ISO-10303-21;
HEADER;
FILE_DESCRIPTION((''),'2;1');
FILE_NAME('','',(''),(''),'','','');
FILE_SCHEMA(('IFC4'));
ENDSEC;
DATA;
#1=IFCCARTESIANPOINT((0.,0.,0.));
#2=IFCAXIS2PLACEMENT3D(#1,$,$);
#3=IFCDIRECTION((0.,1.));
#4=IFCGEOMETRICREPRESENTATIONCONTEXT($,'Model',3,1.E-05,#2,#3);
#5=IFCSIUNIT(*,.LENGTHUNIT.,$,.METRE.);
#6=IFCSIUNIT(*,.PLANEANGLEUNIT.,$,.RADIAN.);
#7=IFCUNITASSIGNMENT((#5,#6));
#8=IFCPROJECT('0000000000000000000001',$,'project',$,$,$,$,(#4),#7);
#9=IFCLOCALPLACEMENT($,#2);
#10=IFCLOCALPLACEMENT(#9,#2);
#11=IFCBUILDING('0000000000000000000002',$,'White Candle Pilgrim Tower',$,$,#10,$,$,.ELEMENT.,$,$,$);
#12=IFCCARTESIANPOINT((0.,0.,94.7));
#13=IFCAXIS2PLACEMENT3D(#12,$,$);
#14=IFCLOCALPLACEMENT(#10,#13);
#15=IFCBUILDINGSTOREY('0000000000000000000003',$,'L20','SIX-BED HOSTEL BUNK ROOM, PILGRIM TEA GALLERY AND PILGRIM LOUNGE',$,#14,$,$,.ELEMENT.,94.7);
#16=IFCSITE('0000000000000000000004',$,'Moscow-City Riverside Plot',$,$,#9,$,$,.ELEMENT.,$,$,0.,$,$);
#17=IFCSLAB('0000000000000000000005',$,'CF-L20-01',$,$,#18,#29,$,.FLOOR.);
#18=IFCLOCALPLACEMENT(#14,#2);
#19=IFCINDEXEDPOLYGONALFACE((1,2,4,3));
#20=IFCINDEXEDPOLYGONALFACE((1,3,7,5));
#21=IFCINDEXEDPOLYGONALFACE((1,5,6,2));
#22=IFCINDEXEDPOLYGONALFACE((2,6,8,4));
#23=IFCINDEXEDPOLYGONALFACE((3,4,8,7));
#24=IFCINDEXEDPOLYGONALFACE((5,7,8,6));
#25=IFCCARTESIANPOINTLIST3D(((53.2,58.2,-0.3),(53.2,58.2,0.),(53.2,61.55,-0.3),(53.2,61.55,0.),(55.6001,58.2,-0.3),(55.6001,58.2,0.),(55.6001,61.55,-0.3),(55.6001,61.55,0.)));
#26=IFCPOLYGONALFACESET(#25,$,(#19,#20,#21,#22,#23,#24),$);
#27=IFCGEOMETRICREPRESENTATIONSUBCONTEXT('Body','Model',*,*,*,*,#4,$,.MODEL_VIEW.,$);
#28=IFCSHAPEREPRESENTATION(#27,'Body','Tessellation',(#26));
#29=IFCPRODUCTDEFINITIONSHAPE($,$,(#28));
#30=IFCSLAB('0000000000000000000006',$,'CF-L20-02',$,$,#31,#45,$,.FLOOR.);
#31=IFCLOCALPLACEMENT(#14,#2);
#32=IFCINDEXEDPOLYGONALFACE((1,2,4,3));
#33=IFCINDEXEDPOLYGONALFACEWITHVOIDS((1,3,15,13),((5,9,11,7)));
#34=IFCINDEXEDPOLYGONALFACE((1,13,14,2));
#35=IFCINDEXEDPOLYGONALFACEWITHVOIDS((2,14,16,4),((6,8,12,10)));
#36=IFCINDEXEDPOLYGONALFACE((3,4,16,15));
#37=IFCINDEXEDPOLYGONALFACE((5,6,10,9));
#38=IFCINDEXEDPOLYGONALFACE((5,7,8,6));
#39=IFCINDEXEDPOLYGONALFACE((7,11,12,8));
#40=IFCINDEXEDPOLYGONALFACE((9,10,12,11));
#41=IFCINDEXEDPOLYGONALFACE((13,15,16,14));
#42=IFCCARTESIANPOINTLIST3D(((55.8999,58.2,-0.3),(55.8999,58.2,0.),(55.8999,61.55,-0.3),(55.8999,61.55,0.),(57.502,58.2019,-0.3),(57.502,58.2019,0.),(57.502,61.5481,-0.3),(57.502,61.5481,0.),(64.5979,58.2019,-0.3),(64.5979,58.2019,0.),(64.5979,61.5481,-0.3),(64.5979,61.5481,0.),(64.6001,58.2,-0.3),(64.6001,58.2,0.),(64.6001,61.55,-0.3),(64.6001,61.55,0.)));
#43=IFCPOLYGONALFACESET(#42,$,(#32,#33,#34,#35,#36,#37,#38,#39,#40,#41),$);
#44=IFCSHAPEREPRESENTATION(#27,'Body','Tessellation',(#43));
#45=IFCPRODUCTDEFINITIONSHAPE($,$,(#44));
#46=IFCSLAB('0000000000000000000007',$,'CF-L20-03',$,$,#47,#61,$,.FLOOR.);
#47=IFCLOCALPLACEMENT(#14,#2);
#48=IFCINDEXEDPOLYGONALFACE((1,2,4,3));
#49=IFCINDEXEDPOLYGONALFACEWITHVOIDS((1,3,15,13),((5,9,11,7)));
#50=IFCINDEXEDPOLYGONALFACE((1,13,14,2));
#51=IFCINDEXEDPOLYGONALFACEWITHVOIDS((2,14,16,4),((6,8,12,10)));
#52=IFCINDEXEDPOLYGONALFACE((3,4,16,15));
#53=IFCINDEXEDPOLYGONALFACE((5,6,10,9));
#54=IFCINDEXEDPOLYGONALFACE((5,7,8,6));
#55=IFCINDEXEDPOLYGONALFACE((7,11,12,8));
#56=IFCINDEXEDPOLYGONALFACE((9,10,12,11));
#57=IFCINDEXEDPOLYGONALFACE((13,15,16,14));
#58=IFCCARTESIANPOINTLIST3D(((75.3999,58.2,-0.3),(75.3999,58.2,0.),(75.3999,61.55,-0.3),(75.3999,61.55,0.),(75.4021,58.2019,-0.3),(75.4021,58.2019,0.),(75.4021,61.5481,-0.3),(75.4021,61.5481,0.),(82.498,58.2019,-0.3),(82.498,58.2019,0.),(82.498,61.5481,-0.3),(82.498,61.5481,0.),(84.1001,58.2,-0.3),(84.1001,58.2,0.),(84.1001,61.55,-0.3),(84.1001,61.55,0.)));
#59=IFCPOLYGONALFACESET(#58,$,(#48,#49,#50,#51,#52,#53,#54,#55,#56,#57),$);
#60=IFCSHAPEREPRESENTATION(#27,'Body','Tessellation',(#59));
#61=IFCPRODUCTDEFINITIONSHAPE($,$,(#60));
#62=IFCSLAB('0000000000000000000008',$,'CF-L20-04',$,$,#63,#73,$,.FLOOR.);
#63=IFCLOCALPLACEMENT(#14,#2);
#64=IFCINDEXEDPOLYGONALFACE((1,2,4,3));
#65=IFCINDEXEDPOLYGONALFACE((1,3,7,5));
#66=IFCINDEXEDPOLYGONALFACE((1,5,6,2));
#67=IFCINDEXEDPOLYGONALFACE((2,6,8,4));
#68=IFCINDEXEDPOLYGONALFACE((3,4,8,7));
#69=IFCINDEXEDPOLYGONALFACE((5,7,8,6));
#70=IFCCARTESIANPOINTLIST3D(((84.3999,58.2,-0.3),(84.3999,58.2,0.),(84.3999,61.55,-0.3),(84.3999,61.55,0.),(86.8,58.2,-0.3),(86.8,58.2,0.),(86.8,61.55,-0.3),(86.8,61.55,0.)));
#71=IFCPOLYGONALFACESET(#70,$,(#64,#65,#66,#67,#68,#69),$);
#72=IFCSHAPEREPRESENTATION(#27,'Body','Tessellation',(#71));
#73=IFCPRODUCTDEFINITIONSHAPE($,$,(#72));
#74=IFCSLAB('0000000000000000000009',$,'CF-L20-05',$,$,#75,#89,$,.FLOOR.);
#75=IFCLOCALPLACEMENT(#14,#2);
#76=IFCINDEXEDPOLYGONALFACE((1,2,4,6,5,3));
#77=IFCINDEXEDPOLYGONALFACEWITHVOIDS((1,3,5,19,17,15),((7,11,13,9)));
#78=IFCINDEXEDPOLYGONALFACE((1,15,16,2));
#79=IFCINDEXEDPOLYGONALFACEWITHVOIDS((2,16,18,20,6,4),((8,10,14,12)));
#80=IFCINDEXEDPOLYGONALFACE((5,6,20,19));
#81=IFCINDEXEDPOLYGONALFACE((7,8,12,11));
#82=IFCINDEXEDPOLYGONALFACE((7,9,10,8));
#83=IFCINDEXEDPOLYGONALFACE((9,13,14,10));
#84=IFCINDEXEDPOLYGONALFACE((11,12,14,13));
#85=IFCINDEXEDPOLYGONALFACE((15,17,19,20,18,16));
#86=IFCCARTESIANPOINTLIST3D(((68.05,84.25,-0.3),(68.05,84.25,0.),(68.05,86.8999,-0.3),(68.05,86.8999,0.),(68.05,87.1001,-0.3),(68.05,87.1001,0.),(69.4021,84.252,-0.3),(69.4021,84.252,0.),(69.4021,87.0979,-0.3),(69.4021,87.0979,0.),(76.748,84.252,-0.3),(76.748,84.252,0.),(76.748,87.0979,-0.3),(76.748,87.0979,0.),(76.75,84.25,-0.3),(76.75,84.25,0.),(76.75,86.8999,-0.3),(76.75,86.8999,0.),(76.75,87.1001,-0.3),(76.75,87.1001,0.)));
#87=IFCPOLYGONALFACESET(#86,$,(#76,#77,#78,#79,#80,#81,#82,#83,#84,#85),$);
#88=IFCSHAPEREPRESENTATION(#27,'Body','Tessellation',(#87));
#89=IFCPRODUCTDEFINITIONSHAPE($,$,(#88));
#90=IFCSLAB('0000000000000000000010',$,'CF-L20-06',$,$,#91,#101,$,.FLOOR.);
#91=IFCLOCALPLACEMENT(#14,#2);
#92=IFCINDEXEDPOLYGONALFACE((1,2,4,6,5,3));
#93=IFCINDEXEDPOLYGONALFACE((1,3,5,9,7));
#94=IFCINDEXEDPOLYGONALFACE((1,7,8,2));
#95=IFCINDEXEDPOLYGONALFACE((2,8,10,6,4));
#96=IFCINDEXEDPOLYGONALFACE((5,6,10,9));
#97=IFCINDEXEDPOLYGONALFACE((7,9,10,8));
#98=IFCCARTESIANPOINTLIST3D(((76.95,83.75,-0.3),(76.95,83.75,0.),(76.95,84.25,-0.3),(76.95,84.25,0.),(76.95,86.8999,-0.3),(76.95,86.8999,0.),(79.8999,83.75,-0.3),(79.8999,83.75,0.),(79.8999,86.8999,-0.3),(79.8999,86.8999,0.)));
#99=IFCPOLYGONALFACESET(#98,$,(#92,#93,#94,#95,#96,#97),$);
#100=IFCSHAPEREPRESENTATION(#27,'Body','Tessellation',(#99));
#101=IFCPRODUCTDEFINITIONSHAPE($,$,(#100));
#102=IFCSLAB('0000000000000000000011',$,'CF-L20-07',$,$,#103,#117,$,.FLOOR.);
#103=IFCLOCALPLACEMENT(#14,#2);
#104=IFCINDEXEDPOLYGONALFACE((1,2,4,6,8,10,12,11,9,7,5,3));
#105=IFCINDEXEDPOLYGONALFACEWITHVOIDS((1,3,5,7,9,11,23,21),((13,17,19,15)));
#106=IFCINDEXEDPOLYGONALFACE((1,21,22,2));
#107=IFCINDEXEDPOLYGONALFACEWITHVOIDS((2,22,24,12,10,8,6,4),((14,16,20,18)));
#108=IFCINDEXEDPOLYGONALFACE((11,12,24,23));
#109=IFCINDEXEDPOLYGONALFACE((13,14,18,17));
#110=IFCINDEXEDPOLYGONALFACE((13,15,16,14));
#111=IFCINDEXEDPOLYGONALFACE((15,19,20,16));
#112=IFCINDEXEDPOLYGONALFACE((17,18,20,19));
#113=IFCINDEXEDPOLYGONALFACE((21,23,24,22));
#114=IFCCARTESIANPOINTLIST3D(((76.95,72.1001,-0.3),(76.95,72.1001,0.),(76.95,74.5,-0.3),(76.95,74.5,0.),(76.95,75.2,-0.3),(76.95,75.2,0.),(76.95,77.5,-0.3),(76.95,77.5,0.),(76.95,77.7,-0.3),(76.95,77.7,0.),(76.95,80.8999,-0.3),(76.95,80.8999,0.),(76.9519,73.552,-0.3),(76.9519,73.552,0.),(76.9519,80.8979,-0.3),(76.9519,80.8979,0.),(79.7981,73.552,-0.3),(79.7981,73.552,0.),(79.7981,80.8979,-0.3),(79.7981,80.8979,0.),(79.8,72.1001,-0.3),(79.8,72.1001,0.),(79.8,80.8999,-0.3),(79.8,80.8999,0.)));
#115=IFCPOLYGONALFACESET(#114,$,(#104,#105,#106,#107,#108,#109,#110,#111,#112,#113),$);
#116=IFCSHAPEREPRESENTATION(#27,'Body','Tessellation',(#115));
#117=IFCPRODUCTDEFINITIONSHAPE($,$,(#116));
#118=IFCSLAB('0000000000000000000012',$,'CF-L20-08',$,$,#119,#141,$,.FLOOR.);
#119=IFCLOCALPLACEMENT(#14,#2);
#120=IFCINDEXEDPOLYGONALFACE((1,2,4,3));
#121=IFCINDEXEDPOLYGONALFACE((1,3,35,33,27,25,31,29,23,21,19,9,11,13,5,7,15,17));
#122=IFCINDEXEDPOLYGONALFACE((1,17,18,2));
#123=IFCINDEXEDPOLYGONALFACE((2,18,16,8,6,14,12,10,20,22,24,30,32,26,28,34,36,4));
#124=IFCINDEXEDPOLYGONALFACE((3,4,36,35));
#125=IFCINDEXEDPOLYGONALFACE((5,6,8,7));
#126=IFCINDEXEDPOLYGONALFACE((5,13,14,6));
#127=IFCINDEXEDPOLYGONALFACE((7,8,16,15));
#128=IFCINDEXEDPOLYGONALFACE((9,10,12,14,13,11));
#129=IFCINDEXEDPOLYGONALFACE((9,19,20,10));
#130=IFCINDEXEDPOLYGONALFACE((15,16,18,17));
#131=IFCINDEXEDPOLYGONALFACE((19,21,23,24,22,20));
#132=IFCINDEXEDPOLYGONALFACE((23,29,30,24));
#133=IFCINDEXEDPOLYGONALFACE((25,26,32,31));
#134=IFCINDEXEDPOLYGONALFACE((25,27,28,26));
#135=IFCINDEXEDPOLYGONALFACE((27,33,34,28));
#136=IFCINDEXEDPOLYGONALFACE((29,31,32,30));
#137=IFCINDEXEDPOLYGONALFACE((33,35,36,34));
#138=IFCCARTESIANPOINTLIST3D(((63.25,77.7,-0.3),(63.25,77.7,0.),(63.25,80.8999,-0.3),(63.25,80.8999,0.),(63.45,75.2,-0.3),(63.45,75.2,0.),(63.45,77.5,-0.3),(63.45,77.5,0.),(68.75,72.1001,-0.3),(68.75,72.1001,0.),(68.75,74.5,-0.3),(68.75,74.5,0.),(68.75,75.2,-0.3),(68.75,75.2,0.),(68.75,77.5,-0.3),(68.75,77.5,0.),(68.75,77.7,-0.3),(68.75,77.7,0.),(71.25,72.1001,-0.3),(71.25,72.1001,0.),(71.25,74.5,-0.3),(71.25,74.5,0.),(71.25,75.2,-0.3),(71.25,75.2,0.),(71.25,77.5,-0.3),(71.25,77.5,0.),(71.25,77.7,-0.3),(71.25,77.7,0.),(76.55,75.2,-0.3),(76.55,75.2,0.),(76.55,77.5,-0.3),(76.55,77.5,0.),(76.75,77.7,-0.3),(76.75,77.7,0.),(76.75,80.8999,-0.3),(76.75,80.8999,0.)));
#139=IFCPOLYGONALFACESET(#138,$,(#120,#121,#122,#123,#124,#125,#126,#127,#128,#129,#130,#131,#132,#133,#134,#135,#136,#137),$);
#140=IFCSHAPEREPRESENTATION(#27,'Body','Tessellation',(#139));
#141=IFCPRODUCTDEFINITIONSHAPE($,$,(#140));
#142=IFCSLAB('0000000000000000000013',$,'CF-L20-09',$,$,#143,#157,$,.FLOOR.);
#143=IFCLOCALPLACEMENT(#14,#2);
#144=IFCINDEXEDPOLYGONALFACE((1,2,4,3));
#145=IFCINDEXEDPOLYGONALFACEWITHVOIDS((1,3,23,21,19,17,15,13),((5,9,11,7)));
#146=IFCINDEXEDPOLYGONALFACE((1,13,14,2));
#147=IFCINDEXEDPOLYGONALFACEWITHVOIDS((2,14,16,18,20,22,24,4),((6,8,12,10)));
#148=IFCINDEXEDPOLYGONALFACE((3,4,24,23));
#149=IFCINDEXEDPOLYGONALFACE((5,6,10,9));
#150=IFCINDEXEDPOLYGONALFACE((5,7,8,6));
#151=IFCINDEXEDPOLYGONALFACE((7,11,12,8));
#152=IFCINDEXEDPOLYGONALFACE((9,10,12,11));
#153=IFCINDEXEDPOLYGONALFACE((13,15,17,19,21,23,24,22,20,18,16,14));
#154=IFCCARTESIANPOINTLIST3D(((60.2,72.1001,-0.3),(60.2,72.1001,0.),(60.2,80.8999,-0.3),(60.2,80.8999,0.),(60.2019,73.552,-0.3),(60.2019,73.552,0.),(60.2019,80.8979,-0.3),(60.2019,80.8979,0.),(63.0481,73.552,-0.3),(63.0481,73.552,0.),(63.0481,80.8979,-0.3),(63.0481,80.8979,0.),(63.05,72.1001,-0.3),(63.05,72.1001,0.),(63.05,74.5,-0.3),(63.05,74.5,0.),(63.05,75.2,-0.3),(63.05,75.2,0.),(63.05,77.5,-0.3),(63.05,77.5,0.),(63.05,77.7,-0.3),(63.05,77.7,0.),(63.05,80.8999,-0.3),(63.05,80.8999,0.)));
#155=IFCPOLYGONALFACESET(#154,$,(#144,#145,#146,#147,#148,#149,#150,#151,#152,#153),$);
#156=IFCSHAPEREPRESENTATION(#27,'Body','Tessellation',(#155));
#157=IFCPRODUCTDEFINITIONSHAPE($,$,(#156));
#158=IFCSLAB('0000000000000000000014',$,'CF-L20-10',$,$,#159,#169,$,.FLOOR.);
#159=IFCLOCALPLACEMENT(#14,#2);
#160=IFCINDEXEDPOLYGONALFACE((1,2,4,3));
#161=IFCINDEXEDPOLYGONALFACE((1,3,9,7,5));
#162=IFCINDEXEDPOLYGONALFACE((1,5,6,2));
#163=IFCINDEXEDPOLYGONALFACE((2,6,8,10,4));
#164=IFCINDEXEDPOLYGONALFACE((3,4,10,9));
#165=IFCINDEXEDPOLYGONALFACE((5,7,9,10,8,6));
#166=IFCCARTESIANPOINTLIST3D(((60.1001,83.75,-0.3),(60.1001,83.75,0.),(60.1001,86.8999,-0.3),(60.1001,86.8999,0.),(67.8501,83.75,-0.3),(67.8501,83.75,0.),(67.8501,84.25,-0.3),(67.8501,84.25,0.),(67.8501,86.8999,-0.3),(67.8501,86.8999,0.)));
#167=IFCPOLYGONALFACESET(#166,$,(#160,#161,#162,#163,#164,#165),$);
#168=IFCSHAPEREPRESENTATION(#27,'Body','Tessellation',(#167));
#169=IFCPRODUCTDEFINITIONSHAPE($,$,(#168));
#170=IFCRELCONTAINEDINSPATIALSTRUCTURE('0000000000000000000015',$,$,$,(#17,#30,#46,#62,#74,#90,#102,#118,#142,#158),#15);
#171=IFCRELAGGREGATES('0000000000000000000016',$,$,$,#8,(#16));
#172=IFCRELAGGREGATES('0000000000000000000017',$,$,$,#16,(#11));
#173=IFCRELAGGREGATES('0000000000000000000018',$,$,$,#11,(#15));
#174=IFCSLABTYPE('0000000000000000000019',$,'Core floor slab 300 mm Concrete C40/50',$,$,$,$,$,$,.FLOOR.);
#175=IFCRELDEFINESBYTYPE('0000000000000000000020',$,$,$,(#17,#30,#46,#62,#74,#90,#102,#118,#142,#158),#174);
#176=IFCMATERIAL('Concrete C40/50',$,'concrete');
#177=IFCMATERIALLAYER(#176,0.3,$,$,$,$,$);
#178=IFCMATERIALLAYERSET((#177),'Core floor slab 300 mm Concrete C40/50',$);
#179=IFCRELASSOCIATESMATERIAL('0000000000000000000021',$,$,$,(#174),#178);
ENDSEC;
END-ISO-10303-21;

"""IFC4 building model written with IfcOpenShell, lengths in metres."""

from ifc_helpers import new_model, si_unit, direction, frame, origin, place, context, subcontext, project, spatial, polyline, outline, extrude, material, layer, layer_set, type_object, element, save


model = new_model("IFC4")

# Units and contexts
model_context = context("Model", 3, precision=1e-05, world=origin(), true_north=direction((0.0, 1.0)))
body_context = subcontext(model_context, "Body", "Model", "MODEL_VIEW")
ifc_project = project(units=[si_unit("LENGTHUNIT", "METRE"), si_unit("PLANEANGLEUNIT", "RADIAN")], contexts=[model_context])

# Site, building, storey
site_placement = place(None, origin())
site = spatial("IfcSite", under=ifc_project, at=site_placement, Name="Moscow-City Riverside Plot", CompositionType="ELEMENT", RefElevation=0.0)
building_placement = place(site_placement, origin())
building = spatial("IfcBuilding", under=site, at=building_placement, Name="White Candle Pilgrim Tower", CompositionType="ELEMENT")
storey_placement = place(building_placement, frame((0.0, 0.0, 94.7)))
storey = spatial("IfcBuildingStorey", under=building, at=storey_placement, Name="L20", Description="SIX-BED HOSTEL BUNK ROOM, PILGRIM TEA GALLERY AND PILGRIM LOUNGE", CompositionType="ELEMENT", Elevation=94.7)

# Slabs
ifc_material = material(Name="Concrete C40/50", Category="concrete")
ifc_layer_1 = layer(ifc_material, 0.3)
ifc_layer_set_1 = layer_set([ifc_layer_1], Name="Core floor slab 300 mm Concrete C40/50")
slab_type_1 = type_object("IfcSlabType", Name="Core floor slab 300 mm Concrete C40/50", PredefinedType="FLOOR", material=ifc_layer_set_1)
slab_1_placement = place(storey_placement, frame((0.0, 0.0, -0.3)))
element("IfcSlab", 1, at=slab_1_placement, inside=storey, type_object=slab_type_1, Name="CF-L20-01", PredefinedType="FLOOR", context=body_context, shape_type="SweptSolid", body=[
    extrude(outline(polyline([(55.6001, 58.2), (53.2, 58.2), (53.2, 61.55), (55.6001, 61.55), (55.6001, 58.2)])), origin(), (0.0, 0.0, 1.0), 0.3),
])
slab_2_placement = place(storey_placement, frame((0.0, 0.0, -0.3)))
element("IfcSlab", 2, at=slab_2_placement, inside=storey, type_object=slab_type_1, Name="CF-L20-02", PredefinedType="FLOOR", context=body_context, shape_type="SweptSolid", body=[
    extrude(outline(polyline([(55.8999, 58.2), (55.8999, 61.55), (64.6001, 61.55), (64.6001, 58.2), (55.8999, 58.2)]), holes=[polyline([(57.502, 61.5481), (57.502, 58.2019), (64.5979, 58.2019), (64.5979, 61.5481), (57.502, 61.5481)])]), origin(), (0.0, 0.0, 1.0), 0.3),
])
slab_3_placement = place(storey_placement, frame((0.0, 0.0, -0.3)))
element("IfcSlab", 3, at=slab_3_placement, inside=storey, type_object=slab_type_1, Name="CF-L20-03", PredefinedType="FLOOR", context=body_context, shape_type="SweptSolid", body=[
    extrude(outline(polyline([(75.3999, 58.2), (75.3999, 61.55), (84.1001, 61.55), (84.1001, 58.2), (75.3999, 58.2)]), holes=[polyline([(82.498, 58.2019), (82.498, 61.5481), (75.4021, 61.5481), (75.4021, 58.2019), (82.498, 58.2019)])]), origin(), (0.0, 0.0, 1.0), 0.3),
])
slab_4_placement = place(storey_placement, frame((0.0, 0.0, -0.3)))
element("IfcSlab", 4, at=slab_4_placement, inside=storey, type_object=slab_type_1, Name="CF-L20-04", PredefinedType="FLOOR", context=body_context, shape_type="SweptSolid", body=[
    extrude(outline(polyline([(86.8, 58.2), (84.3999, 58.2), (84.3999, 61.55), (86.8, 61.55), (86.8, 58.2)])), origin(), (0.0, 0.0, 1.0), 0.3),
])
slab_5_placement = place(storey_placement, frame((0.0, 0.0, -0.3)))
element("IfcSlab", 5, at=slab_5_placement, inside=storey, type_object=slab_type_1, Name="CF-L20-05", PredefinedType="FLOOR", context=body_context, shape_type="SweptSolid", body=[
    extrude(outline(polyline([(76.75, 87.1001), (76.75, 86.8999), (76.75, 84.25), (68.05, 84.25), (68.05, 86.8999), (68.05, 87.1001), (76.75, 87.1001)]), holes=[polyline([(69.4021, 87.0979), (69.4021, 84.252), (76.748, 84.252), (76.748, 87.0979), (69.4021, 87.0979)])]), origin(), (0.0, 0.0, 1.0), 0.3),
])
slab_6_placement = place(storey_placement, frame((0.0, 0.0, -0.3)))
element("IfcSlab", 6, at=slab_6_placement, inside=storey, type_object=slab_type_1, Name="CF-L20-06", PredefinedType="FLOOR", context=body_context, shape_type="SweptSolid", body=[
    extrude(outline(polyline([(79.8999, 86.8999), (79.8999, 83.75), (76.95, 83.75), (76.95, 84.25), (76.95, 86.8999), (79.8999, 86.8999)])), origin(), (0.0, 0.0, 1.0), 0.3),
])
slab_7_placement = place(storey_placement, frame((0.0, 0.0, -0.3)))
element("IfcSlab", 7, at=slab_7_placement, inside=storey, type_object=slab_type_1, Name="CF-L20-07", PredefinedType="FLOOR", context=body_context, shape_type="SweptSolid", body=[
    extrude(outline(polyline([(76.95, 72.1001), (76.95, 74.5), (76.95, 75.2), (76.95, 77.5), (76.95, 77.7), (76.95, 80.8999), (79.8, 80.8999), (79.8, 72.1001), (76.95, 72.1001)]), holes=[polyline([(76.9519, 73.552), (79.7981, 73.552), (79.7981, 80.8979), (76.9519, 80.8979), (76.9519, 73.552)])]), origin(), (0.0, 0.0, 1.0), 0.3),
])
slab_8_placement = place(storey_placement, frame((0.0, 0.0, -0.3)))
element("IfcSlab", 8, at=slab_8_placement, inside=storey, type_object=slab_type_1, Name="CF-L20-08", PredefinedType="FLOOR", context=body_context, shape_type="SweptSolid", body=[
    extrude(outline(polyline([(68.75, 72.1001), (68.75, 74.5), (68.75, 75.2), (63.45, 75.2), (63.45, 77.5), (68.75, 77.5), (68.75, 77.7), (63.25, 77.7), (63.25, 80.8999), (76.75, 80.8999), (76.75, 77.7), (71.25, 77.7), (71.25, 77.5), (76.55, 77.5), (76.55, 75.2), (71.25, 75.2), (71.25, 74.5), (71.25, 72.1001), (68.75, 72.1001)])), origin(), (0.0, 0.0, 1.0), 0.3),
])
slab_9_placement = place(storey_placement, frame((0.0, 0.0, -0.3)))
element("IfcSlab", 9, at=slab_9_placement, inside=storey, type_object=slab_type_1, Name="CF-L20-09", PredefinedType="FLOOR", context=body_context, shape_type="SweptSolid", body=[
    extrude(outline(polyline([(60.2, 72.1001), (60.2, 80.8999), (63.05, 80.8999), (63.05, 77.7), (63.05, 77.5), (63.05, 75.2), (63.05, 74.5), (63.05, 72.1001), (60.2, 72.1001)]), holes=[polyline([(60.2019, 73.552), (63.0481, 73.552), (63.0481, 80.8979), (60.2019, 80.8979), (60.2019, 73.552)])]), origin(), (0.0, 0.0, 1.0), 0.3),
])
slab_10_placement = place(storey_placement, frame((0.0, 0.0, -0.3)))
element("IfcSlab", 10, at=slab_10_placement, inside=storey, type_object=slab_type_1, Name="CF-L20-10", PredefinedType="FLOOR", context=body_context, shape_type="SweptSolid", body=[
    extrude(outline(polyline([(60.1001, 86.8999), (67.8501, 86.8999), (67.8501, 84.25), (67.8501, 83.75), (60.1001, 83.75), (60.1001, 86.8999)])), origin(), (0.0, 0.0, 1.0), 0.3),
])

save(model, "model.ifc")
